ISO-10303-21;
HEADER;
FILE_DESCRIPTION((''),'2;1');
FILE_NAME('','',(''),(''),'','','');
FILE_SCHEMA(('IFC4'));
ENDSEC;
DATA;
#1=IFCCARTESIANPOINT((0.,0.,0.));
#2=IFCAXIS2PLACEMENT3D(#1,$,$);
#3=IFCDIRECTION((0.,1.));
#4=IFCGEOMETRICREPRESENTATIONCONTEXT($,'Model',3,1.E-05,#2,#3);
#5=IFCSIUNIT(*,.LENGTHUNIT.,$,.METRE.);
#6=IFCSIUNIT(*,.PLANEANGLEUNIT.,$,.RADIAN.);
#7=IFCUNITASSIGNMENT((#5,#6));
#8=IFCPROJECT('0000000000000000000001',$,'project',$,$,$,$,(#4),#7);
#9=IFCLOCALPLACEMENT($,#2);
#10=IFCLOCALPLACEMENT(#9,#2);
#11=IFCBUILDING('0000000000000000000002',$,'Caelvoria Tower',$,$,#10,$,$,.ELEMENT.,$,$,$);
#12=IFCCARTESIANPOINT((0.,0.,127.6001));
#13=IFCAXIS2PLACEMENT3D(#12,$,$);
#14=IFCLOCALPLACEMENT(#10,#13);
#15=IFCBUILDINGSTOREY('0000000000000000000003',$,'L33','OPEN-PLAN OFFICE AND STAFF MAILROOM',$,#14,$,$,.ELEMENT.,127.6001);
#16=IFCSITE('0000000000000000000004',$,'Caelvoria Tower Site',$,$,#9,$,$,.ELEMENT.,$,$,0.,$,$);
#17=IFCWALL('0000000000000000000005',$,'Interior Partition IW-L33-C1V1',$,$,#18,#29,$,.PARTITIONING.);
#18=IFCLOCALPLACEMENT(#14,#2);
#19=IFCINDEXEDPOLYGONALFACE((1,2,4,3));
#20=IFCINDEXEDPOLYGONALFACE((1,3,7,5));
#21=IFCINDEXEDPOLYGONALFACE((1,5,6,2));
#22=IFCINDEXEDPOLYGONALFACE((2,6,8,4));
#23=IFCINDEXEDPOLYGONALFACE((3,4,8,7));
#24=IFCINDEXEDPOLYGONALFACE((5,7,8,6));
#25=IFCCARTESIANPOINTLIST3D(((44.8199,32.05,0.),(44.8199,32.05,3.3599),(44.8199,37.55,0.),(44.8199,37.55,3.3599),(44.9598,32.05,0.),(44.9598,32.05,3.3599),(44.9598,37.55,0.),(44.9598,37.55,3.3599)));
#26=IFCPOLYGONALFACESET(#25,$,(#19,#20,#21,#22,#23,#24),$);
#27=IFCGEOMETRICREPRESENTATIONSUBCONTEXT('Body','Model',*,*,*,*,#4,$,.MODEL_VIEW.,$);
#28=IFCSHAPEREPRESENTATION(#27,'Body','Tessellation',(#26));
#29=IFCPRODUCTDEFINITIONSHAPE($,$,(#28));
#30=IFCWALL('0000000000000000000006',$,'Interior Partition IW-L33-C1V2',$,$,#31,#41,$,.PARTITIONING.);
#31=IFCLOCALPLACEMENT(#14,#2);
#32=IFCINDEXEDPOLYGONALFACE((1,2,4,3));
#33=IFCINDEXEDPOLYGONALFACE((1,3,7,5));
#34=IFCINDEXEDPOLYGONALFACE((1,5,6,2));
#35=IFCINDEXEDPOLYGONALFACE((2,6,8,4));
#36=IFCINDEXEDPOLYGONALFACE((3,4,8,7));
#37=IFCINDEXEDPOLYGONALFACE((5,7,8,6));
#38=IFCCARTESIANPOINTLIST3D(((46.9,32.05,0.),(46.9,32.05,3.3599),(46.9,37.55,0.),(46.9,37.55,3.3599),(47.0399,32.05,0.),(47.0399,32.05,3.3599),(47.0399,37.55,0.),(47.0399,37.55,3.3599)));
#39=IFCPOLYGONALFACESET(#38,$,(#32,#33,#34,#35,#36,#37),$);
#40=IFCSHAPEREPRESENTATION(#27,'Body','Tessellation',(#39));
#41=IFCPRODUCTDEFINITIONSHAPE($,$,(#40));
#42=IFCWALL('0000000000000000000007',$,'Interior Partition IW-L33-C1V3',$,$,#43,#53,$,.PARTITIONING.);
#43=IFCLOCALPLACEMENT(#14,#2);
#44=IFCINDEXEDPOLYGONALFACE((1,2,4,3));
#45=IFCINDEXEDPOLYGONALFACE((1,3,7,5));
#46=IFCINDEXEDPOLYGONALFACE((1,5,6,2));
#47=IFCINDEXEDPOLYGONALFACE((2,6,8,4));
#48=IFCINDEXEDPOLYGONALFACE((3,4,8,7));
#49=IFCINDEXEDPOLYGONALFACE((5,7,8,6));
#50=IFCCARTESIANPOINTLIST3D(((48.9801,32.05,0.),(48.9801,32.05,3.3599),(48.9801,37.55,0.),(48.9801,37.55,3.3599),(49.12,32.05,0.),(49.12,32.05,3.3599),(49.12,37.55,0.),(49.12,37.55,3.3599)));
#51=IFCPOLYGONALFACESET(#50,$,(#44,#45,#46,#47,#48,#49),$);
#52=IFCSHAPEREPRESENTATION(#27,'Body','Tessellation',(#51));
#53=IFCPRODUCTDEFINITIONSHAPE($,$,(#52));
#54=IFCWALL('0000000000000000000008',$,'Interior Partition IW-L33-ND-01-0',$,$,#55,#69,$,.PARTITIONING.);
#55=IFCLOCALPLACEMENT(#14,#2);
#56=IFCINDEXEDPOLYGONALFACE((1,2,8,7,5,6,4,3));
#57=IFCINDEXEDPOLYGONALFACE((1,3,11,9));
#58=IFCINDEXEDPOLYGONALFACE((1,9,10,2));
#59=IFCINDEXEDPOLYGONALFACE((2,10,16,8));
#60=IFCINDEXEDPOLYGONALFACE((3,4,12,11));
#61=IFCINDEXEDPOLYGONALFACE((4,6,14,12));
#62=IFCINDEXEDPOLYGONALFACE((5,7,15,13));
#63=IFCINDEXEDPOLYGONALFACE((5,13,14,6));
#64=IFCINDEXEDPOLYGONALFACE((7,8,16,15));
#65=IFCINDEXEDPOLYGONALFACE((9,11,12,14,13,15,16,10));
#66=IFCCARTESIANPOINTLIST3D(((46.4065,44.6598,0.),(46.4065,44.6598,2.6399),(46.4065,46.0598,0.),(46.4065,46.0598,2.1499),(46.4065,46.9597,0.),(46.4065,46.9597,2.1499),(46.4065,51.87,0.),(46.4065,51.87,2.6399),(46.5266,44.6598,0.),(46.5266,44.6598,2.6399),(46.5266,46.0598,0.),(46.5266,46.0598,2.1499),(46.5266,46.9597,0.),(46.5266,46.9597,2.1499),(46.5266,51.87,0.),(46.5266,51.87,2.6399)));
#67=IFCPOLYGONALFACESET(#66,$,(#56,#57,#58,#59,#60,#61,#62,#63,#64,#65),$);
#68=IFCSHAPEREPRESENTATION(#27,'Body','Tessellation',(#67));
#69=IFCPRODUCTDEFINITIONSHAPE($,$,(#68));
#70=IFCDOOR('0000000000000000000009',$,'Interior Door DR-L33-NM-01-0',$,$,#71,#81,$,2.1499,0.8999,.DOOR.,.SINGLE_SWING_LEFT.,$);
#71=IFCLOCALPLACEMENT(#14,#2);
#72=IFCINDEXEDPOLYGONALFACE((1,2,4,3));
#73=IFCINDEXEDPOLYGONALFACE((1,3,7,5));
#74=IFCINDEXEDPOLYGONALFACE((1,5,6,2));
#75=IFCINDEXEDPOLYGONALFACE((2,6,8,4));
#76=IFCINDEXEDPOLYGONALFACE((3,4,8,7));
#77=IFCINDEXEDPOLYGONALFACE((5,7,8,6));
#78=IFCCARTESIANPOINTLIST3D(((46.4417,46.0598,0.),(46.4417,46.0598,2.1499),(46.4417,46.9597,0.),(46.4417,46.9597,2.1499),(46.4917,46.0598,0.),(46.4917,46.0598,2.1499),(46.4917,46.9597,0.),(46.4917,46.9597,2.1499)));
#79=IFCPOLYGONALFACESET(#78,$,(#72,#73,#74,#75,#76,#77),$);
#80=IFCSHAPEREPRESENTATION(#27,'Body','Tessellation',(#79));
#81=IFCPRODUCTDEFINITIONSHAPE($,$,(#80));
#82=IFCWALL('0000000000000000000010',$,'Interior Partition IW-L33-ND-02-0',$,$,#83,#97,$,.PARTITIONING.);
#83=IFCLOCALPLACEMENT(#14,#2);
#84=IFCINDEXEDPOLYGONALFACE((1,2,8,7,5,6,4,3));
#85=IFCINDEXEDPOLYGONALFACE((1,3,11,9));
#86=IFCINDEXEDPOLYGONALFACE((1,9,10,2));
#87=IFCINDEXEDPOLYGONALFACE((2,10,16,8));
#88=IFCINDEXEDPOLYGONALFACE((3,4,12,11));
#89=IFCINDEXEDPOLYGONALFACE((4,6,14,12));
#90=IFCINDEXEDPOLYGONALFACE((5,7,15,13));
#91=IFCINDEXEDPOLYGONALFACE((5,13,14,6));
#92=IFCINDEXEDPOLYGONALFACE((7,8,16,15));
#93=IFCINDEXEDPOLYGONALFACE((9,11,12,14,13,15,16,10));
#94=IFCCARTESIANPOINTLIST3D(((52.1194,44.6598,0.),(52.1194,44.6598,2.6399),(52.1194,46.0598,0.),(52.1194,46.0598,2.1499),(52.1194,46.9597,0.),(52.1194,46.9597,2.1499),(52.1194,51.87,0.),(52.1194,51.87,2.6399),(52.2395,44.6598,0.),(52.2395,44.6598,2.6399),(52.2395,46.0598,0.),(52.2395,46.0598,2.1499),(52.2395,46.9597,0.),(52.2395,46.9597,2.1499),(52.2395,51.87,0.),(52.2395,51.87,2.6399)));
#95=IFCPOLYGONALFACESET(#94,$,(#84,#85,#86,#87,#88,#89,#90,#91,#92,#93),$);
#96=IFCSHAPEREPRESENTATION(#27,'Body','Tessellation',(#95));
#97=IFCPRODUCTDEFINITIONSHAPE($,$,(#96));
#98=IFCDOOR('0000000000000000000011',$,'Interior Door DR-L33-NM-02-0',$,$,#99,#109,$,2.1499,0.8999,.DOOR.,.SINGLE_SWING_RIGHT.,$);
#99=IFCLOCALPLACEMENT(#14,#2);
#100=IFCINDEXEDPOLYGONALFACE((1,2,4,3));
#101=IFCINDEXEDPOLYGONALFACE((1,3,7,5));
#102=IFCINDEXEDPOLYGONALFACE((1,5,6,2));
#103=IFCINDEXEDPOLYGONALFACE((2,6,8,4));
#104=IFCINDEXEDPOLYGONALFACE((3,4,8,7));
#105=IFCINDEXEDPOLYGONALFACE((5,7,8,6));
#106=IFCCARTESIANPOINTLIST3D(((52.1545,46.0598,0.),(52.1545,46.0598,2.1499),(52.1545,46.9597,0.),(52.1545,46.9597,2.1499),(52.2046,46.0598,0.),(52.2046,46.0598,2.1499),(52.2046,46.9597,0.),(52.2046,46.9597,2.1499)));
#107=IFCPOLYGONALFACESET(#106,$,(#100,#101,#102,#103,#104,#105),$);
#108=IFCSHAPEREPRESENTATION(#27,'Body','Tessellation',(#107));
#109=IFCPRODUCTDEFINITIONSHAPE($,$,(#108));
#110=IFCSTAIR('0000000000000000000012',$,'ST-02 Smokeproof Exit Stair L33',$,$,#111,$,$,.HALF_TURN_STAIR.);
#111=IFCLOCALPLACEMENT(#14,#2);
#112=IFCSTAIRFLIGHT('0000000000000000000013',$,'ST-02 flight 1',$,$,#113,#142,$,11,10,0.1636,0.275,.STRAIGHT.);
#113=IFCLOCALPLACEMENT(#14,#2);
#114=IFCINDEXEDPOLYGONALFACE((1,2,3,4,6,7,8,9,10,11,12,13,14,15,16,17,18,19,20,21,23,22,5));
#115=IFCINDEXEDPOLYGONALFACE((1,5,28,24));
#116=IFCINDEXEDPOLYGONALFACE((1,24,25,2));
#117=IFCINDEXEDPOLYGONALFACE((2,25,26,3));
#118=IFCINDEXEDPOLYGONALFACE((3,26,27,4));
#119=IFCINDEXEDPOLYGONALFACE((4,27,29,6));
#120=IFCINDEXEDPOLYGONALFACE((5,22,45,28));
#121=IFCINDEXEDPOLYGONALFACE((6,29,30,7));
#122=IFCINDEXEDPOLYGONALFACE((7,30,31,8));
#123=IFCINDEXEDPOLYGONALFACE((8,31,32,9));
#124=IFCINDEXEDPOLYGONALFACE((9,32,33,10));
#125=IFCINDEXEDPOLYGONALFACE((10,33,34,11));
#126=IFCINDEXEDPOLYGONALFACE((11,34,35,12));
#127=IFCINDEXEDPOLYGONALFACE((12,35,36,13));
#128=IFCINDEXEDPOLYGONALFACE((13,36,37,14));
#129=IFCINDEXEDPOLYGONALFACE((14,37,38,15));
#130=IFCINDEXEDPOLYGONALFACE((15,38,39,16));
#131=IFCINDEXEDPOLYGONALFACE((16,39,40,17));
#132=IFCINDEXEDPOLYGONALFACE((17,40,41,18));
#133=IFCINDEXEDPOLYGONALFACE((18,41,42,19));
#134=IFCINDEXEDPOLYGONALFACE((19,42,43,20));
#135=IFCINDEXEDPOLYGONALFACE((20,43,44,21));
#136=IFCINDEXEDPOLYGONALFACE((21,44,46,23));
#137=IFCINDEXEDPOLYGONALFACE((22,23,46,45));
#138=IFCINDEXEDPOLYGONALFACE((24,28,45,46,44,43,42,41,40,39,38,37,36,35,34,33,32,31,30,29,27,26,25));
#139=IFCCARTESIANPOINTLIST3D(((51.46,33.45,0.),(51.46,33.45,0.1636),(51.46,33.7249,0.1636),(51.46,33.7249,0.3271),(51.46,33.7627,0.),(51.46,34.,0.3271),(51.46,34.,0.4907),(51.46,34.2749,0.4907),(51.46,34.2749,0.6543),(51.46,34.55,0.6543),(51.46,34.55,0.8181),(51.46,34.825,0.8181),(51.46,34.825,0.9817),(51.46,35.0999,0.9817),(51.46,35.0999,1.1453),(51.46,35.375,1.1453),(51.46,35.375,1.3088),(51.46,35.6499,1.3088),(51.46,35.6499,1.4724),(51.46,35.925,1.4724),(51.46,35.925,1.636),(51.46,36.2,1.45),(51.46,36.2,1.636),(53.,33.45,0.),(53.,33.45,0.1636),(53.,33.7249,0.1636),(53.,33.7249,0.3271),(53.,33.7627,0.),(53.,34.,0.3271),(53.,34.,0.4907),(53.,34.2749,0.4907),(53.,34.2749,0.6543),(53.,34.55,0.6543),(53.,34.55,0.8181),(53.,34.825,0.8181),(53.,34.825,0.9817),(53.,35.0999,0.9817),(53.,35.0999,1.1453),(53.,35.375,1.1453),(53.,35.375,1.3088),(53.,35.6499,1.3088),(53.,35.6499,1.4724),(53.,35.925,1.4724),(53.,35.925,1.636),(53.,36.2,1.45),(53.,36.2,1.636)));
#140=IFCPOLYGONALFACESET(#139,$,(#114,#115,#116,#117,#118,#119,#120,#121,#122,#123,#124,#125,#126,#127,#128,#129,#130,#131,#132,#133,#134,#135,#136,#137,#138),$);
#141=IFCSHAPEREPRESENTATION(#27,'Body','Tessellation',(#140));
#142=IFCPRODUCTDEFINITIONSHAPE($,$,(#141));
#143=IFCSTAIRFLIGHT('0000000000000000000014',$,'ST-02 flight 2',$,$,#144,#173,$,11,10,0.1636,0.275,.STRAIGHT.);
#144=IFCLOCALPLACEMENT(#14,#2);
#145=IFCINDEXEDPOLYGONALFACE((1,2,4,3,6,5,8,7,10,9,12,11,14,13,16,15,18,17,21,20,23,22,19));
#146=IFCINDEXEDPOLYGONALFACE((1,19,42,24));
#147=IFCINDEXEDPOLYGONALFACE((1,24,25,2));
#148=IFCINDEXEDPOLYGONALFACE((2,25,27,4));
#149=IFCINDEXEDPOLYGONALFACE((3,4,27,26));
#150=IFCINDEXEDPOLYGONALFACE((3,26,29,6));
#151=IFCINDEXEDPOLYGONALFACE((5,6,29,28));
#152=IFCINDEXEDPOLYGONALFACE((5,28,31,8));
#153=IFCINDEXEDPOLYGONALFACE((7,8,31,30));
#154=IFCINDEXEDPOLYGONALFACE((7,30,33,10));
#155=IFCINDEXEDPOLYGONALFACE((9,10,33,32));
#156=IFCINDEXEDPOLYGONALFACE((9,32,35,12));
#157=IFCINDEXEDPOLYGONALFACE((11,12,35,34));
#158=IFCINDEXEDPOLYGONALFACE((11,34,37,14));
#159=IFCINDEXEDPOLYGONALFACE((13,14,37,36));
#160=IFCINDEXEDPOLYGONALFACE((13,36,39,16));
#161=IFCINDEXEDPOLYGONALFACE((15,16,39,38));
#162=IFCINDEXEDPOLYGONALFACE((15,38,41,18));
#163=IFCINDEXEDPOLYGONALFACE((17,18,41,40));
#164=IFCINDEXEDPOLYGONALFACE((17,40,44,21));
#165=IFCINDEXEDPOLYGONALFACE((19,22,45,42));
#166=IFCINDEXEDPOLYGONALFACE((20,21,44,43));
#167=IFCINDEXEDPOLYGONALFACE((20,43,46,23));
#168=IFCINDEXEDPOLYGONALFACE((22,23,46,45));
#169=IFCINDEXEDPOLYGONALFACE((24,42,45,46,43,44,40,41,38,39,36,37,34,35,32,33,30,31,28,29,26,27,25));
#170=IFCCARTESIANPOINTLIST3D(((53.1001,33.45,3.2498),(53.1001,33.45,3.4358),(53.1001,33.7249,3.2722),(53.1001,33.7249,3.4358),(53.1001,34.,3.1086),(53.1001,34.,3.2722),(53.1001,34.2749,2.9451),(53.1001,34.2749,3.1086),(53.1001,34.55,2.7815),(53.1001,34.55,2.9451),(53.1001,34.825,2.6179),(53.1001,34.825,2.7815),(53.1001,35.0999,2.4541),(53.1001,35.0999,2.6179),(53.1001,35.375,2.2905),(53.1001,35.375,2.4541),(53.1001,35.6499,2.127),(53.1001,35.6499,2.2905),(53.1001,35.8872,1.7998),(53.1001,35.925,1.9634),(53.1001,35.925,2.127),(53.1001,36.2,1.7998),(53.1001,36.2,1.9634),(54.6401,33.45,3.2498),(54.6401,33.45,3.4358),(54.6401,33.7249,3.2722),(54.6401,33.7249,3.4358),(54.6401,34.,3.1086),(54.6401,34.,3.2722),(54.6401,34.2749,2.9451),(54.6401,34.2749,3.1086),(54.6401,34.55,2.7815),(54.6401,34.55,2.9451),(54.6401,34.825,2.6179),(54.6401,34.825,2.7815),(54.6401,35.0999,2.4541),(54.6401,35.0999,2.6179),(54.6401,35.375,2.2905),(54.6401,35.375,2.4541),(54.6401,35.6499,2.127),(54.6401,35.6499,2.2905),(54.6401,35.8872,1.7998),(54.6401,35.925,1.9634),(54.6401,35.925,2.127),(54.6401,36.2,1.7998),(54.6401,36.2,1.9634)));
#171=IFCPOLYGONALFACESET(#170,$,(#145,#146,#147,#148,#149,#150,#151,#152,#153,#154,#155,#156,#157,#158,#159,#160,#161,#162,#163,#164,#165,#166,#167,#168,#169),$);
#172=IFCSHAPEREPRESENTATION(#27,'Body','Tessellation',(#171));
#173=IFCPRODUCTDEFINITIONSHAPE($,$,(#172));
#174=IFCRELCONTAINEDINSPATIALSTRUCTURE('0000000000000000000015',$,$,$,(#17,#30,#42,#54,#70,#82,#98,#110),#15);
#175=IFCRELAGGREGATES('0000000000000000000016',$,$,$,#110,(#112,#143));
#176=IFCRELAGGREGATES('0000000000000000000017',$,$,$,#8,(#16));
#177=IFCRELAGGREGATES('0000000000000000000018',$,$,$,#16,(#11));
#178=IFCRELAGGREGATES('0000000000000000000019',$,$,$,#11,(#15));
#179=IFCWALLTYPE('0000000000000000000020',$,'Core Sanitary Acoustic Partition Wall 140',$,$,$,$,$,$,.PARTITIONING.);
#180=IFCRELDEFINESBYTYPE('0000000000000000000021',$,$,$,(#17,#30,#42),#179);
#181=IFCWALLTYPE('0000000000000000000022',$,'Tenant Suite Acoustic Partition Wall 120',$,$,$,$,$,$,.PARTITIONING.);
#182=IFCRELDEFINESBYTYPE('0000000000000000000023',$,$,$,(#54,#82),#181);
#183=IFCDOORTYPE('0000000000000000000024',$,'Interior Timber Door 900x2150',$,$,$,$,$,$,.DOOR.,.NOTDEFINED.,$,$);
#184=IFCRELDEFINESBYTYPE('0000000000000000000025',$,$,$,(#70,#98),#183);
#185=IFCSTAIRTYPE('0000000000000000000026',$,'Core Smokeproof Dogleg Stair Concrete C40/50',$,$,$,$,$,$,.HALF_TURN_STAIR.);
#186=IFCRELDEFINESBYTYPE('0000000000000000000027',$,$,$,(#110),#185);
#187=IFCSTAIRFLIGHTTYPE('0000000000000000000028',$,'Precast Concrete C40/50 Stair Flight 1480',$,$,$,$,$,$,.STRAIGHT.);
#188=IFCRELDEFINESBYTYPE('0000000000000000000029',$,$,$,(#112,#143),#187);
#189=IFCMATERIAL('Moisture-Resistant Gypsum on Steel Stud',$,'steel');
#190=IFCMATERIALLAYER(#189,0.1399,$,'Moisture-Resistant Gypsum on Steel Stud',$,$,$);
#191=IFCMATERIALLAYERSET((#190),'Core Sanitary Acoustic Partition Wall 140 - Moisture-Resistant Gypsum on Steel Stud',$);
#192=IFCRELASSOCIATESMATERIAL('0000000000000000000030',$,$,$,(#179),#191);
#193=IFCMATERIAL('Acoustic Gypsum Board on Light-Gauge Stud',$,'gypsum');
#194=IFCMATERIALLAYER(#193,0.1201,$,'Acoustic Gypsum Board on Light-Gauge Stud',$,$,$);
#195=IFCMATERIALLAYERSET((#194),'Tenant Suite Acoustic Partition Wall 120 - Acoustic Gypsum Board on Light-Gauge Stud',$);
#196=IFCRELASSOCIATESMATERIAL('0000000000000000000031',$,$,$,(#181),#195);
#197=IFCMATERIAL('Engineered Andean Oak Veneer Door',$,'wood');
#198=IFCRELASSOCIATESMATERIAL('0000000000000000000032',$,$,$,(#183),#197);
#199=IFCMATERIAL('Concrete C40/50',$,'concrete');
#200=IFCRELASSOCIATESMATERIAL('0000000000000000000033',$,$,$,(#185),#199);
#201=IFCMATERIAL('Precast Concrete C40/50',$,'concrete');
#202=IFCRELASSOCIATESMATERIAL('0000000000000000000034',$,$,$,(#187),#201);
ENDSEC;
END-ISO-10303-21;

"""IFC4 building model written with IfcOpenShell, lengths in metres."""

from ifc_helpers import new_model, si_unit, direction, frame, frame_2d, origin, place, context, subcontext, project, spatial, polyline, rectangle, outline, extrude, material, layer, layer_set, type_object, element, fill, aggregate, save


model = new_model("IFC4")

# Units and contexts
model_context = context("Model", 3, precision=1e-05, world=origin(), true_north=direction((0.0, 1.0)))
body_context = subcontext(model_context, "Body", "Model", "MODEL_VIEW")
ifc_project = project(units=[si_unit("LENGTHUNIT", "METRE"), si_unit("PLANEANGLEUNIT", "RADIAN")], contexts=[model_context])

# Site, building, storey
site_placement = place(None, origin())
site = spatial("IfcSite", under=ifc_project, at=site_placement, Name="Caelvoria Tower Site", CompositionType="ELEMENT", RefElevation=0.0)
building_placement = place(site_placement, origin())
building = spatial("IfcBuilding", under=site, at=building_placement, Name="Caelvoria Tower", CompositionType="ELEMENT")
storey_placement = place(building_placement, frame((0.0, 0.0, 127.6001)))
storey = spatial("IfcBuildingStorey", under=building, at=storey_placement, Name="L33", Description="OPEN-PLAN OFFICE AND STAFF MAILROOM", CompositionType="ELEMENT", Elevation=127.6001)

# Walls
ifc_material_1 = material(Name="Moisture-Resistant Gypsum on Steel Stud", Category="steel")
ifc_layer_1 = layer(ifc_material_1, 0.1399, Name="Moisture-Resistant Gypsum on Steel Stud")
ifc_layer_set_1 = layer_set([ifc_layer_1], Name="Core Sanitary Acoustic Partition Wall 140 - Moisture-Resistant Gypsum on Steel Stud")
wall_type_1 = type_object("IfcWallType", Name="Core Sanitary Acoustic Partition Wall 140", PredefinedType="PARTITIONING", material=ifc_layer_set_1)
for number, where, z_axis, x_axis, name in (
    (1, (44.8899, 32.05, 0.0), (0.0, 0.0, 1.0), (0.0, 1.0, 0.0), "Interior Partition IW-L33-C1V1"),
    (2, (46.97, 32.05, 0.0), (0.0, 0.0, 1.0), (0.0, 1.0, 0.0), "Interior Partition IW-L33-C1V2"),
    (3, (49.05, 32.05, 0.0), (0.0, 0.0, 1.0), (0.0, 1.0, 0.0), "Interior Partition IW-L33-C1V3"),
):
    element("IfcWall", number, at=place(storey_placement, frame(where, z_axis=z_axis, x_axis=x_axis)), inside=storey, type_object=wall_type_1, Name=name, PredefinedType="PARTITIONING", context=body_context, shape_type="SweptSolid", body=[
        extrude(rectangle(XDim=5.5, YDim=0.1399, at=frame_2d((2.75, 0.0))), origin(), (0.0, 0.0, 1.0), 3.3599),
    ])

# Walls, openings, doors
ifc_material_2 = material(Name="Acoustic Gypsum Board on Light-Gauge Stud", Category="gypsum")
ifc_layer_2 = layer(ifc_material_2, 0.1201, Name="Acoustic Gypsum Board on Light-Gauge Stud")
ifc_layer_set_2 = layer_set([ifc_layer_2], Name="Tenant Suite Acoustic Partition Wall 120 - Acoustic Gypsum Board on Light-Gauge Stud")
wall_type_2 = type_object("IfcWallType", Name="Tenant Suite Acoustic Partition Wall 120", PredefinedType="PARTITIONING", material=ifc_layer_set_2)
wall_1_placement = place(storey_placement, frame((46.4666, 44.6599, 0.0), z_axis=(0.0, 0.0, 1.0), x_axis=(0.0, 1.0, 0.0)))
wall_1 = element("IfcWall", 4, at=wall_1_placement, inside=storey, type_object=wall_type_2, Name="Interior Partition IW-L33-ND-01-0", PredefinedType="PARTITIONING", context=body_context, shape_type="SweptSolid", body=[
    extrude(rectangle(XDim=7.2102, YDim=0.1201, at=frame_2d((3.605, 0.0))), origin(), (0.0, 0.0, 1.0), 2.6399),
])
opening_1_placement = place(wall_1_placement, frame((1.3999, 0.0, 0.0)))
opening_1 = element("IfcOpeningElement", 5, at=opening_1_placement, cuts=wall_1, PredefinedType="OPENING", context=body_context, shape_type="SweptSolid", body=[
    extrude(rectangle(XDim=0.8999, YDim=2.1499, at=frame_2d((0.45, 1.075))), frame((0.0, 0.0701, 0.0), z_axis=(0.0, -1.0, 0.0), x_axis=(1.0, 0.0, 0.0)), (0.0, 0.0, 1.0), 0.1401),
])
ifc_material_3 = material(Name="Engineered Andean Oak Veneer Door", Category="wood")
door_type = type_object("IfcDoorType", Name="Interior Timber Door 900x2150", OperationType="NOTDEFINED", PredefinedType="DOOR", material=ifc_material_3)
door_1_placement = place(opening_1_placement, origin())
door_1 = element("IfcDoor", 6, at=door_1_placement, inside=storey, type_object=door_type, Name="Interior Door DR-L33-NM-01-0", OperationType="SINGLE_SWING_LEFT", OverallHeight=2.1499, OverallWidth=0.8999, PredefinedType="DOOR", context=body_context, shape_type="SweptSolid", body=[
    extrude(rectangle(XDim=0.8999, YDim=2.1499, at=frame_2d((0.45, 1.075))), frame((0.0, 0.0249, 0.0), z_axis=(0.0, -1.0, 0.0), x_axis=(1.0, 0.0, 0.0)), (0.0, 0.0, 1.0), 0.05),
])
fill(opening_1, door_1)
wall_2_placement = place(storey_placement, frame((52.1794, 44.6599, 0.0), z_axis=(0.0, 0.0, 1.0), x_axis=(0.0, 1.0, 0.0)))
wall_2 = element("IfcWall", 7, at=wall_2_placement, inside=storey, type_object=wall_type_2, Name="Interior Partition IW-L33-ND-02-0", PredefinedType="PARTITIONING", context=body_context, shape_type="SweptSolid", body=[
    extrude(rectangle(XDim=7.2102, YDim=0.1201, at=frame_2d((3.605, 0.0))), origin(), (0.0, 0.0, 1.0), 2.6399),
])
opening_2_placement = place(wall_2_placement, frame((1.3999, 0.0, 0.0)))
opening_2 = element("IfcOpeningElement", 8, at=opening_2_placement, cuts=wall_2, PredefinedType="OPENING", context=body_context, shape_type="SweptSolid", body=[
    extrude(rectangle(XDim=0.8999, YDim=2.1499, at=frame_2d((0.45, 1.075))), frame((0.0, 0.0701, 0.0), z_axis=(0.0, -1.0, 0.0), x_axis=(1.0, 0.0, 0.0)), (0.0, 0.0, 1.0), 0.1401),
])
door_2_placement = place(opening_2_placement, origin())
door_2 = element("IfcDoor", 9, at=door_2_placement, inside=storey, type_object=door_type, Name="Interior Door DR-L33-NM-02-0", OperationType="SINGLE_SWING_RIGHT", OverallHeight=2.1499, OverallWidth=0.8999, PredefinedType="DOOR", context=body_context, shape_type="SweptSolid", body=[
    extrude(rectangle(XDim=0.8999, YDim=2.1499, at=frame_2d((0.45, 1.075))), frame((0.0, 0.0249, 0.0), z_axis=(0.0, -1.0, 0.0), x_axis=(1.0, 0.0, 0.0)), (0.0, 0.0, 1.0), 0.05),
])
fill(opening_2, door_2)

# Stair, stair flights
ifc_material_4 = material(Name="Concrete C40/50", Category="concrete")
stair_type = type_object("IfcStairType", Name="Core Smokeproof Dogleg Stair Concrete C40/50", PredefinedType="HALF_TURN_STAIR", material=ifc_material_4)
stair_placement = place(storey_placement, origin())
stair = element("IfcStair", 10, at=stair_placement, inside=storey, type_object=stair_type, Name="ST-02 Smokeproof Exit Stair L33", PredefinedType="HALF_TURN_STAIR")
ifc_material_5 = material(Name="Precast Concrete C40/50", Category="concrete")
stair_flight_type = type_object("IfcStairFlightType", Name="Precast Concrete C40/50 Stair Flight 1480", PredefinedType="STRAIGHT", material=ifc_material_5)
stair_flight_1_placement = place(storey_placement, frame((52.23, 33.45, 0.0), z_axis=(0.0, 0.0, 1.0), x_axis=(0.0, 1.0, 0.0)))
stair_flight_1 = element("IfcStairFlight", 11, at=stair_flight_1_placement, type_object=stair_flight_type, Name="ST-02 flight 1", NumberOfRisers=11, NumberOfTreads=10, PredefinedType="STRAIGHT", RiserHeight=0.1636, TreadLength=0.275, context=body_context, shape_type="SweptSolid", body=[
    extrude(outline(polyline([(0.0, 0.0), (0.0, 0.1636), (0.2749, 0.1636), (0.2749, 0.3271), (0.55, 0.3271), (0.55, 0.4907), (0.825, 0.4907), (0.825, 0.6543), (1.1001, 0.6543), (1.1001, 0.8181), (1.375, 0.8181), (1.375, 0.9817), (1.6499, 0.9817), (1.6499, 1.1453), (1.925, 1.1453), (1.925, 1.3088), (2.2, 1.3088), (2.2, 1.4724), (2.4751, 1.4724), (2.4751, 1.636), (2.75, 1.636), (2.75, 1.7996), (2.75, 1.45), (0.3127, 0.0), (0.0, 0.0)])), frame((0.0, 0.77, 0.0), z_axis=(0.0, -1.0, 0.0), x_axis=(1.0, 0.0, 0.0)), (0.0, 0.0, 1.0), 1.54),
])
stair_flight_2_placement = place(storey_placement, frame((53.8701, 36.2, 1.7998), z_axis=(0.0, 0.0, 1.0), x_axis=(0.0, -1.0, 0.0)))
stair_flight_2 = element("IfcStairFlight", 12, at=stair_flight_2_placement, type_object=stair_flight_type, Name="ST-02 flight 2", NumberOfRisers=11, NumberOfTreads=10, PredefinedType="STRAIGHT", RiserHeight=0.1636, TreadLength=0.275, context=body_context, shape_type="SweptSolid", body=[
    extrude(outline(polyline([(0.0, 0.0), (0.0, 0.1636), (0.2749, 0.1636), (0.2749, 0.3271), (0.55, 0.3271), (0.55, 0.4907), (0.825, 0.4907), (0.825, 0.6543), (1.1001, 0.6543), (1.1001, 0.8181), (1.375, 0.8181), (1.375, 0.9817), (1.6499, 0.9817), (1.6499, 1.1453), (1.925, 1.1453), (1.925, 1.3088), (2.2, 1.3088), (2.2, 1.4724), (2.4751, 1.4724), (2.4751, 1.636), (2.75, 1.636), (2.75, 1.7996), (2.75, 1.45), (0.3127, 0.0), (0.0, 0.0)])), frame((0.0, 0.77, 0.0), z_axis=(0.0, -1.0, 0.0), x_axis=(1.0, 0.0, 0.0)), (0.0, 0.0, 1.0), 1.54),
])
aggregate(stair, [stair_flight_1, stair_flight_2])

save(model, "model.ifc")
